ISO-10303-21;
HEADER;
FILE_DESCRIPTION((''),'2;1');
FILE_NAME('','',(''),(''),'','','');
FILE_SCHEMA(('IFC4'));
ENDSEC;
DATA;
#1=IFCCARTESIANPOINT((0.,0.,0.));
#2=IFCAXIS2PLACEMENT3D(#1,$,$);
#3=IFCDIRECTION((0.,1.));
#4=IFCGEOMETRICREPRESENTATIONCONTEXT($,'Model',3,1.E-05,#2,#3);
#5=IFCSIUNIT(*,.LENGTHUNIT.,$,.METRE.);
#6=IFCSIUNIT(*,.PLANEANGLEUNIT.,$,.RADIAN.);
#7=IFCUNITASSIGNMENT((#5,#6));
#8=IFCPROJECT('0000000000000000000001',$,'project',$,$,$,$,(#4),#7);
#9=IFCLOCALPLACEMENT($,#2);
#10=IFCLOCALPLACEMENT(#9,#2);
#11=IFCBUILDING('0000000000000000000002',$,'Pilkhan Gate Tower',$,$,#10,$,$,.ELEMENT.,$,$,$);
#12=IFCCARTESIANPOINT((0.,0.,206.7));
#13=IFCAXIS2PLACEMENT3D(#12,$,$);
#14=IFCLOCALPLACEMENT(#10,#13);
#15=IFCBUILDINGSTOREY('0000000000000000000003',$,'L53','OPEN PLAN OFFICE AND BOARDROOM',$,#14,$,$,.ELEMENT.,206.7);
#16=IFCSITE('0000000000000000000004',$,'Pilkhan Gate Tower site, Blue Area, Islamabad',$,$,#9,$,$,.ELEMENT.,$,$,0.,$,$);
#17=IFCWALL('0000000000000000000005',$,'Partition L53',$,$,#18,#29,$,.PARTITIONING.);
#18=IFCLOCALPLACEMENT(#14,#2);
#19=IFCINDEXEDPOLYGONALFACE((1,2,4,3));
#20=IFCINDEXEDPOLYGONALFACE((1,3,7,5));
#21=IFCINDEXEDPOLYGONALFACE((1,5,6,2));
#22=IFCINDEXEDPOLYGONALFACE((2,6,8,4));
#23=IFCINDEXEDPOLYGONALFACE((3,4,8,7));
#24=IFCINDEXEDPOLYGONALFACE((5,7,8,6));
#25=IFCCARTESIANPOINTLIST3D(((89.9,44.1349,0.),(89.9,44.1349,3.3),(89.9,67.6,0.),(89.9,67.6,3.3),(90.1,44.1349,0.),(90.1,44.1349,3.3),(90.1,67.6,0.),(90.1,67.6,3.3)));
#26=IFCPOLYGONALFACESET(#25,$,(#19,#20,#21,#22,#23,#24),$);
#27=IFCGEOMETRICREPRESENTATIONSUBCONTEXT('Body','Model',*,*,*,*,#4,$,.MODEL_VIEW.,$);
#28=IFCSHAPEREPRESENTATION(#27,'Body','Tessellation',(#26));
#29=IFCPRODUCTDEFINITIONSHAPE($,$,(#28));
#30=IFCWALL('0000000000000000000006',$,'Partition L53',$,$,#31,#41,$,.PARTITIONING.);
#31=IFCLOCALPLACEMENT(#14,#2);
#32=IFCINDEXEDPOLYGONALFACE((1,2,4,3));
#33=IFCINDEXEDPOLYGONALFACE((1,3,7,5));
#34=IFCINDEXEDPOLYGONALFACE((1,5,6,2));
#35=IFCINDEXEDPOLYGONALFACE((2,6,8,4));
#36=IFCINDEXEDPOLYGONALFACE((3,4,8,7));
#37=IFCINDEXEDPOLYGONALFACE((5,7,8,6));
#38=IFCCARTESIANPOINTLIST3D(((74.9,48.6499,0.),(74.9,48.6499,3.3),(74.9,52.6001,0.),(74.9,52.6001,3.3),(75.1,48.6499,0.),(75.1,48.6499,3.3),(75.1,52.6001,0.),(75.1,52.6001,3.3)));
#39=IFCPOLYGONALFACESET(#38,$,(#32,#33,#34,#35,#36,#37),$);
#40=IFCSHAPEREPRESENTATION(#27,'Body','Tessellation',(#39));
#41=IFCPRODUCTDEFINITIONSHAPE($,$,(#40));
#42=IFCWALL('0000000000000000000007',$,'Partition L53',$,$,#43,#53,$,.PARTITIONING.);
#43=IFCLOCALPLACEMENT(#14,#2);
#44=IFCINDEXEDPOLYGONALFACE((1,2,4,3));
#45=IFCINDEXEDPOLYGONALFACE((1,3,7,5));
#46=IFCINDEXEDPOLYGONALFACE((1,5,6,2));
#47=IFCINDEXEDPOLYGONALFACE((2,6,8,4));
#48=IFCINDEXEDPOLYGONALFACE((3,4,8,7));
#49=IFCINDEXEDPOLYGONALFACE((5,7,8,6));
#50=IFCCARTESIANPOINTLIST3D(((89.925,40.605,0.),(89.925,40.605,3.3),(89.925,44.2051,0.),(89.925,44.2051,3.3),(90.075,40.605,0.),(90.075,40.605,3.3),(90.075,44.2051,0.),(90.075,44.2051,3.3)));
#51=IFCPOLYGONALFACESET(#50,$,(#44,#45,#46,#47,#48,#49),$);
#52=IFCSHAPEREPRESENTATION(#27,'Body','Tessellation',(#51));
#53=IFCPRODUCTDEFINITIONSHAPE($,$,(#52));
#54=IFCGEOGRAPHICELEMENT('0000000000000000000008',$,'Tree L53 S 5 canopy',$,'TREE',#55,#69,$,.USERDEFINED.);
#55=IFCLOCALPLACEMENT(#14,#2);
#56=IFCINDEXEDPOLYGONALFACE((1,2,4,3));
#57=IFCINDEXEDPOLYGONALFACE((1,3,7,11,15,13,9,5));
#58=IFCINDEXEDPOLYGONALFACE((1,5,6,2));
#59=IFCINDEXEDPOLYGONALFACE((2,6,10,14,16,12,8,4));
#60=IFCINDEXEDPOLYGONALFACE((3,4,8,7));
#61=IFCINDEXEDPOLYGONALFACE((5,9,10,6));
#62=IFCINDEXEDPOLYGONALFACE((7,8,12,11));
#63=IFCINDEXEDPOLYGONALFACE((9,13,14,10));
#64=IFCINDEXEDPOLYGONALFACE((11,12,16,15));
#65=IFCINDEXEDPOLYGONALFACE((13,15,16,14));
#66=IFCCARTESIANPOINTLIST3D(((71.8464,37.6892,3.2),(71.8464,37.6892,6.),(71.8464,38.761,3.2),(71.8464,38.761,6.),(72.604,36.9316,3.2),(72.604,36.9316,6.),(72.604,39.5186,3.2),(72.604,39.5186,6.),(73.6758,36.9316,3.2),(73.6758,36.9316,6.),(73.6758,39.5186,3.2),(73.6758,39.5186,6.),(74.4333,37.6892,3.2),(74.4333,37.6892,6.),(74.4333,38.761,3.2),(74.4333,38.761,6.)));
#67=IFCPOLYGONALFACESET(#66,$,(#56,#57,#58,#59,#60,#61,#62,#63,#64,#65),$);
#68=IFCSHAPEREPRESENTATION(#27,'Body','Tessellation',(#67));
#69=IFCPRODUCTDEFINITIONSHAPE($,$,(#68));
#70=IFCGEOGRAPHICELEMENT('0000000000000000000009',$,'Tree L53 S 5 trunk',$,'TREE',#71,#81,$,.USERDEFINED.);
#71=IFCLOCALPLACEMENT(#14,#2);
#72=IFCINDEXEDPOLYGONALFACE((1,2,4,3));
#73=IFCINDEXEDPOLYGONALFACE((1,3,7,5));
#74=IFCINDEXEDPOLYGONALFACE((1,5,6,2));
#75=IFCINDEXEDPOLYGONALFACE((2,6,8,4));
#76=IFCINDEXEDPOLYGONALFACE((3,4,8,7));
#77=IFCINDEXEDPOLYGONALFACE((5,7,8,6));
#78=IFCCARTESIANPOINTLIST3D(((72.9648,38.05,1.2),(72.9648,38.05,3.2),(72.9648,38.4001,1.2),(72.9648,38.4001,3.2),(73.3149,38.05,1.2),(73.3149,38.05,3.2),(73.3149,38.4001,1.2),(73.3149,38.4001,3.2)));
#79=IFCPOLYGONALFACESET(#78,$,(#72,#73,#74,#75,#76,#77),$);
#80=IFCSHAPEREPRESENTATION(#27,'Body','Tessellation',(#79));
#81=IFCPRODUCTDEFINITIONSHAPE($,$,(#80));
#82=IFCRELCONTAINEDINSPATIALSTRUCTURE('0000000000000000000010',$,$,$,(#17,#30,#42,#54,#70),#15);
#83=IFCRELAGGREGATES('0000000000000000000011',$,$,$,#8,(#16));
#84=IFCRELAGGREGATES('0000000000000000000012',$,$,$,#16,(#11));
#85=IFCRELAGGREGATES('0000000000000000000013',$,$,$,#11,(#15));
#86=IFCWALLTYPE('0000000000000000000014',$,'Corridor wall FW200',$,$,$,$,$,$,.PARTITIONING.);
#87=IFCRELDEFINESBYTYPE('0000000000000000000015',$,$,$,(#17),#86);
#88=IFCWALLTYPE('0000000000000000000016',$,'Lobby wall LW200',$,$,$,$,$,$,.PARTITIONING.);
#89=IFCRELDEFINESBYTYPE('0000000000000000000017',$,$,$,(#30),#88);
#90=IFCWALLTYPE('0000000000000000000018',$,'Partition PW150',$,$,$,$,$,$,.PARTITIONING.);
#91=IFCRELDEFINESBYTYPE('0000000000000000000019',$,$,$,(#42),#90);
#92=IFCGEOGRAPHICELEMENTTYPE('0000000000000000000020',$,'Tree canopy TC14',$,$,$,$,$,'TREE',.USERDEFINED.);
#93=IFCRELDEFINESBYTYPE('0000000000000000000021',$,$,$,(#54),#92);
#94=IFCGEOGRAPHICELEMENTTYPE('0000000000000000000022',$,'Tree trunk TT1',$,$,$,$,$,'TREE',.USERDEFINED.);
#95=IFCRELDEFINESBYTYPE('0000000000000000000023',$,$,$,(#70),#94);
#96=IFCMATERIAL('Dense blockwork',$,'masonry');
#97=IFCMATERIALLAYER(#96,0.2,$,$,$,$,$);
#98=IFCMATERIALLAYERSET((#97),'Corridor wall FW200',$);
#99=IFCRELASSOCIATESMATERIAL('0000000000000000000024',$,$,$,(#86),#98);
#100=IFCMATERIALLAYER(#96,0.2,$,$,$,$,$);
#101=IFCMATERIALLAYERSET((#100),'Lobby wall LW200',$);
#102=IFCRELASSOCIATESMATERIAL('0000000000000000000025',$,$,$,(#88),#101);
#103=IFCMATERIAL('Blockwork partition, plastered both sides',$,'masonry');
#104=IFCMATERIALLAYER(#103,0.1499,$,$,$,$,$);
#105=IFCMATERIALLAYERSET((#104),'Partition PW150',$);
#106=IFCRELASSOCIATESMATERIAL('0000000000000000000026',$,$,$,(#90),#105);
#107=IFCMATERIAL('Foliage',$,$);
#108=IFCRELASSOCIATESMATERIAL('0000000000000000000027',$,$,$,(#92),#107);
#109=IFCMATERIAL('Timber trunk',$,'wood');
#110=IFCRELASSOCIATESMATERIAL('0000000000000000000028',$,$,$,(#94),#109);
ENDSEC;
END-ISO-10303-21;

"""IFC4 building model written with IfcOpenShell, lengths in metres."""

from ifc_helpers import new_model, si_unit, direction, frame, frame_2d, origin, origin_2d, place, context, subcontext, project, spatial, polyline, rectangle, outline, extrude, material, layer, layer_set, material_profile, profile_set, type_object, element, save


model = new_model("IFC4")

# Units and contexts
model_context = context("Model", 3, precision=1e-05, world=origin(), true_north=direction((0.0, 1.0)))
body_context = subcontext(model_context, "Body", "Model", "MODEL_VIEW")
ifc_project = project(units=[si_unit("LENGTHUNIT", "METRE"), si_unit("PLANEANGLEUNIT", "RADIAN")], contexts=[model_context])

# Site, building, storey
site_placement = place(None, origin())
site = spatial("IfcSite", under=ifc_project, at=site_placement, Name="Pilkhan Gate Tower site, Blue Area, Islamabad", CompositionType="ELEMENT", RefElevation=0.0)
building_placement = place(site_placement, origin())
building = spatial("IfcBuilding", under=site, at=building_placement, Name="Pilkhan Gate Tower", CompositionType="ELEMENT")
storey_placement = place(building_placement, frame((0.0, 0.0, 206.7)))
storey = spatial("IfcBuildingStorey", under=building, at=storey_placement, Name="L53", Description="OPEN PLAN OFFICE AND BOARDROOM", CompositionType="ELEMENT", Elevation=206.7)

# Shared definitions
ifc_material_1 = material(Name="Dense blockwork", Category="masonry")
ifc_layer_1 = layer(ifc_material_1, 0.2)
ifc_layer_set_1 = layer_set([ifc_layer_1], Name="Corridor wall FW200")
wall_type_1 = type_object("IfcWallType", Name="Corridor wall FW200", PredefinedType="PARTITIONING", material=ifc_layer_set_1)

# Walls
wall_1_placement = place(storey_placement, frame((90.0, 44.135, 0.0), z_axis=(0.0, 0.0, 1.0), x_axis=(0.0, 1.0, 0.0)))
element("IfcWall", 1, at=wall_1_placement, inside=storey, type_object=wall_type_1, Name="Partition L53", PredefinedType="PARTITIONING", context=body_context, shape_type="SweptSolid", body=[
    extrude(rectangle(XDim=23.4651, YDim=0.2, at=frame_2d((11.7324, 0.0))), origin(), (0.0, 0.0, 1.0), 3.3),
])
ifc_layer_2 = layer(ifc_material_1, 0.2)
ifc_layer_set_2 = layer_set([ifc_layer_2], Name="Lobby wall LW200")
wall_type_2 = type_object("IfcWallType", Name="Lobby wall LW200", PredefinedType="PARTITIONING", material=ifc_layer_set_2)
wall_2_placement = place(storey_placement, frame((75.0, 48.6499, 0.0), z_axis=(0.0, 0.0, 1.0), x_axis=(0.0, 1.0, 0.0)))
element("IfcWall", 2, at=wall_2_placement, inside=storey, type_object=wall_type_2, Name="Partition L53", PredefinedType="PARTITIONING", context=body_context, shape_type="SweptSolid", body=[
    extrude(rectangle(XDim=3.9502, YDim=0.2, at=frame_2d((1.9751, 0.0))), origin(), (0.0, 0.0, 1.0), 3.3),
])
ifc_material_2 = material(Name="Blockwork partition, plastered both sides", Category="masonry")
ifc_layer_3 = layer(ifc_material_2, 0.1499)
ifc_layer_set_3 = layer_set([ifc_layer_3], Name="Partition PW150")
wall_type_3 = type_object("IfcWallType", Name="Partition PW150", PredefinedType="PARTITIONING", material=ifc_layer_set_3)
wall_3_placement = place(storey_placement, frame((90.0, 40.605, 0.0), z_axis=(0.0, 0.0, 1.0), x_axis=(0.0, 1.0, 0.0)))
element("IfcWall", 3, at=wall_3_placement, inside=storey, type_object=wall_type_3, Name="Partition L53", PredefinedType="PARTITIONING", context=body_context, shape_type="SweptSolid", body=[
    extrude(rectangle(XDim=3.6001, YDim=0.1499, at=frame_2d((1.8, 0.0))), origin(), (0.0, 0.0, 1.0), 3.3),
])

# Geographic elements
ifc_material_3 = material(Name="Foliage")
ifc_material_profile_1 = material_profile(ifc_material_3, outline(polyline([(1.2935, 0.5359), (0.5359, 1.2935), (-0.5359, 1.2935), (-1.2935, 0.5359), (-1.2935, -0.5359), (-0.5359, -1.2935), (0.5359, -1.2935), (1.2935, -0.5359), (1.2935, 0.5359)])), Name="Canopy D2.8")
ifc_profile_set_1 = profile_set([ifc_material_profile_1], Name="Foliage")
geographic_element_type_1 = type_object("IfcGeographicElementType", Name="Tree canopy TC14", ElementType="TREE", PredefinedType="USERDEFINED", material=ifc_profile_set_1)
geographic_element_1_placement = place(storey_placement, frame((73.1399, 38.2251, 3.2), z_axis=(0.0, 0.0, 1.0), x_axis=(1.0, 0.0, 0.0)))
element("IfcGeographicElement", 4, at=geographic_element_1_placement, inside=storey, type_object=geographic_element_type_1, Name="Tree L53 S 5 canopy", ObjectType="TREE", PredefinedType="USERDEFINED", context=body_context, shape_type="SweptSolid", body=[
    extrude(outline(polyline([(1.2935, 0.5359), (0.5359, 1.2935), (-0.5359, 1.2935), (-1.2935, 0.5359), (-1.2935, -0.5359), (-0.5359, -1.2935), (0.5359, -1.2935), (1.2935, -0.5359), (1.2935, 0.5359)])), origin(), (0.0, 0.0, 1.0), 2.8),
])
ifc_material_4 = material(Name="Timber trunk", Category="wood")
geographic_element_type_2 = type_object("IfcGeographicElementType", Name="Tree trunk TT1", ElementType="TREE", PredefinedType="USERDEFINED", material=ifc_material_4)
geographic_element_2_placement = place(storey_placement, frame((73.1399, 38.2251, 1.2), z_axis=(0.0, 0.0, 1.0), x_axis=(1.0, 0.0, 0.0)))
element("IfcGeographicElement", 5, at=geographic_element_2_placement, inside=storey, type_object=geographic_element_type_2, Name="Tree L53 S 5 trunk", ObjectType="TREE", PredefinedType="USERDEFINED", context=body_context, shape_type="SweptSolid", body=[
    extrude(rectangle(XDim=0.3501, YDim=0.3501, at=origin_2d()), origin(), (0.0, 0.0, 1.0), 2.0),
])

save(model, "model.ifc")
